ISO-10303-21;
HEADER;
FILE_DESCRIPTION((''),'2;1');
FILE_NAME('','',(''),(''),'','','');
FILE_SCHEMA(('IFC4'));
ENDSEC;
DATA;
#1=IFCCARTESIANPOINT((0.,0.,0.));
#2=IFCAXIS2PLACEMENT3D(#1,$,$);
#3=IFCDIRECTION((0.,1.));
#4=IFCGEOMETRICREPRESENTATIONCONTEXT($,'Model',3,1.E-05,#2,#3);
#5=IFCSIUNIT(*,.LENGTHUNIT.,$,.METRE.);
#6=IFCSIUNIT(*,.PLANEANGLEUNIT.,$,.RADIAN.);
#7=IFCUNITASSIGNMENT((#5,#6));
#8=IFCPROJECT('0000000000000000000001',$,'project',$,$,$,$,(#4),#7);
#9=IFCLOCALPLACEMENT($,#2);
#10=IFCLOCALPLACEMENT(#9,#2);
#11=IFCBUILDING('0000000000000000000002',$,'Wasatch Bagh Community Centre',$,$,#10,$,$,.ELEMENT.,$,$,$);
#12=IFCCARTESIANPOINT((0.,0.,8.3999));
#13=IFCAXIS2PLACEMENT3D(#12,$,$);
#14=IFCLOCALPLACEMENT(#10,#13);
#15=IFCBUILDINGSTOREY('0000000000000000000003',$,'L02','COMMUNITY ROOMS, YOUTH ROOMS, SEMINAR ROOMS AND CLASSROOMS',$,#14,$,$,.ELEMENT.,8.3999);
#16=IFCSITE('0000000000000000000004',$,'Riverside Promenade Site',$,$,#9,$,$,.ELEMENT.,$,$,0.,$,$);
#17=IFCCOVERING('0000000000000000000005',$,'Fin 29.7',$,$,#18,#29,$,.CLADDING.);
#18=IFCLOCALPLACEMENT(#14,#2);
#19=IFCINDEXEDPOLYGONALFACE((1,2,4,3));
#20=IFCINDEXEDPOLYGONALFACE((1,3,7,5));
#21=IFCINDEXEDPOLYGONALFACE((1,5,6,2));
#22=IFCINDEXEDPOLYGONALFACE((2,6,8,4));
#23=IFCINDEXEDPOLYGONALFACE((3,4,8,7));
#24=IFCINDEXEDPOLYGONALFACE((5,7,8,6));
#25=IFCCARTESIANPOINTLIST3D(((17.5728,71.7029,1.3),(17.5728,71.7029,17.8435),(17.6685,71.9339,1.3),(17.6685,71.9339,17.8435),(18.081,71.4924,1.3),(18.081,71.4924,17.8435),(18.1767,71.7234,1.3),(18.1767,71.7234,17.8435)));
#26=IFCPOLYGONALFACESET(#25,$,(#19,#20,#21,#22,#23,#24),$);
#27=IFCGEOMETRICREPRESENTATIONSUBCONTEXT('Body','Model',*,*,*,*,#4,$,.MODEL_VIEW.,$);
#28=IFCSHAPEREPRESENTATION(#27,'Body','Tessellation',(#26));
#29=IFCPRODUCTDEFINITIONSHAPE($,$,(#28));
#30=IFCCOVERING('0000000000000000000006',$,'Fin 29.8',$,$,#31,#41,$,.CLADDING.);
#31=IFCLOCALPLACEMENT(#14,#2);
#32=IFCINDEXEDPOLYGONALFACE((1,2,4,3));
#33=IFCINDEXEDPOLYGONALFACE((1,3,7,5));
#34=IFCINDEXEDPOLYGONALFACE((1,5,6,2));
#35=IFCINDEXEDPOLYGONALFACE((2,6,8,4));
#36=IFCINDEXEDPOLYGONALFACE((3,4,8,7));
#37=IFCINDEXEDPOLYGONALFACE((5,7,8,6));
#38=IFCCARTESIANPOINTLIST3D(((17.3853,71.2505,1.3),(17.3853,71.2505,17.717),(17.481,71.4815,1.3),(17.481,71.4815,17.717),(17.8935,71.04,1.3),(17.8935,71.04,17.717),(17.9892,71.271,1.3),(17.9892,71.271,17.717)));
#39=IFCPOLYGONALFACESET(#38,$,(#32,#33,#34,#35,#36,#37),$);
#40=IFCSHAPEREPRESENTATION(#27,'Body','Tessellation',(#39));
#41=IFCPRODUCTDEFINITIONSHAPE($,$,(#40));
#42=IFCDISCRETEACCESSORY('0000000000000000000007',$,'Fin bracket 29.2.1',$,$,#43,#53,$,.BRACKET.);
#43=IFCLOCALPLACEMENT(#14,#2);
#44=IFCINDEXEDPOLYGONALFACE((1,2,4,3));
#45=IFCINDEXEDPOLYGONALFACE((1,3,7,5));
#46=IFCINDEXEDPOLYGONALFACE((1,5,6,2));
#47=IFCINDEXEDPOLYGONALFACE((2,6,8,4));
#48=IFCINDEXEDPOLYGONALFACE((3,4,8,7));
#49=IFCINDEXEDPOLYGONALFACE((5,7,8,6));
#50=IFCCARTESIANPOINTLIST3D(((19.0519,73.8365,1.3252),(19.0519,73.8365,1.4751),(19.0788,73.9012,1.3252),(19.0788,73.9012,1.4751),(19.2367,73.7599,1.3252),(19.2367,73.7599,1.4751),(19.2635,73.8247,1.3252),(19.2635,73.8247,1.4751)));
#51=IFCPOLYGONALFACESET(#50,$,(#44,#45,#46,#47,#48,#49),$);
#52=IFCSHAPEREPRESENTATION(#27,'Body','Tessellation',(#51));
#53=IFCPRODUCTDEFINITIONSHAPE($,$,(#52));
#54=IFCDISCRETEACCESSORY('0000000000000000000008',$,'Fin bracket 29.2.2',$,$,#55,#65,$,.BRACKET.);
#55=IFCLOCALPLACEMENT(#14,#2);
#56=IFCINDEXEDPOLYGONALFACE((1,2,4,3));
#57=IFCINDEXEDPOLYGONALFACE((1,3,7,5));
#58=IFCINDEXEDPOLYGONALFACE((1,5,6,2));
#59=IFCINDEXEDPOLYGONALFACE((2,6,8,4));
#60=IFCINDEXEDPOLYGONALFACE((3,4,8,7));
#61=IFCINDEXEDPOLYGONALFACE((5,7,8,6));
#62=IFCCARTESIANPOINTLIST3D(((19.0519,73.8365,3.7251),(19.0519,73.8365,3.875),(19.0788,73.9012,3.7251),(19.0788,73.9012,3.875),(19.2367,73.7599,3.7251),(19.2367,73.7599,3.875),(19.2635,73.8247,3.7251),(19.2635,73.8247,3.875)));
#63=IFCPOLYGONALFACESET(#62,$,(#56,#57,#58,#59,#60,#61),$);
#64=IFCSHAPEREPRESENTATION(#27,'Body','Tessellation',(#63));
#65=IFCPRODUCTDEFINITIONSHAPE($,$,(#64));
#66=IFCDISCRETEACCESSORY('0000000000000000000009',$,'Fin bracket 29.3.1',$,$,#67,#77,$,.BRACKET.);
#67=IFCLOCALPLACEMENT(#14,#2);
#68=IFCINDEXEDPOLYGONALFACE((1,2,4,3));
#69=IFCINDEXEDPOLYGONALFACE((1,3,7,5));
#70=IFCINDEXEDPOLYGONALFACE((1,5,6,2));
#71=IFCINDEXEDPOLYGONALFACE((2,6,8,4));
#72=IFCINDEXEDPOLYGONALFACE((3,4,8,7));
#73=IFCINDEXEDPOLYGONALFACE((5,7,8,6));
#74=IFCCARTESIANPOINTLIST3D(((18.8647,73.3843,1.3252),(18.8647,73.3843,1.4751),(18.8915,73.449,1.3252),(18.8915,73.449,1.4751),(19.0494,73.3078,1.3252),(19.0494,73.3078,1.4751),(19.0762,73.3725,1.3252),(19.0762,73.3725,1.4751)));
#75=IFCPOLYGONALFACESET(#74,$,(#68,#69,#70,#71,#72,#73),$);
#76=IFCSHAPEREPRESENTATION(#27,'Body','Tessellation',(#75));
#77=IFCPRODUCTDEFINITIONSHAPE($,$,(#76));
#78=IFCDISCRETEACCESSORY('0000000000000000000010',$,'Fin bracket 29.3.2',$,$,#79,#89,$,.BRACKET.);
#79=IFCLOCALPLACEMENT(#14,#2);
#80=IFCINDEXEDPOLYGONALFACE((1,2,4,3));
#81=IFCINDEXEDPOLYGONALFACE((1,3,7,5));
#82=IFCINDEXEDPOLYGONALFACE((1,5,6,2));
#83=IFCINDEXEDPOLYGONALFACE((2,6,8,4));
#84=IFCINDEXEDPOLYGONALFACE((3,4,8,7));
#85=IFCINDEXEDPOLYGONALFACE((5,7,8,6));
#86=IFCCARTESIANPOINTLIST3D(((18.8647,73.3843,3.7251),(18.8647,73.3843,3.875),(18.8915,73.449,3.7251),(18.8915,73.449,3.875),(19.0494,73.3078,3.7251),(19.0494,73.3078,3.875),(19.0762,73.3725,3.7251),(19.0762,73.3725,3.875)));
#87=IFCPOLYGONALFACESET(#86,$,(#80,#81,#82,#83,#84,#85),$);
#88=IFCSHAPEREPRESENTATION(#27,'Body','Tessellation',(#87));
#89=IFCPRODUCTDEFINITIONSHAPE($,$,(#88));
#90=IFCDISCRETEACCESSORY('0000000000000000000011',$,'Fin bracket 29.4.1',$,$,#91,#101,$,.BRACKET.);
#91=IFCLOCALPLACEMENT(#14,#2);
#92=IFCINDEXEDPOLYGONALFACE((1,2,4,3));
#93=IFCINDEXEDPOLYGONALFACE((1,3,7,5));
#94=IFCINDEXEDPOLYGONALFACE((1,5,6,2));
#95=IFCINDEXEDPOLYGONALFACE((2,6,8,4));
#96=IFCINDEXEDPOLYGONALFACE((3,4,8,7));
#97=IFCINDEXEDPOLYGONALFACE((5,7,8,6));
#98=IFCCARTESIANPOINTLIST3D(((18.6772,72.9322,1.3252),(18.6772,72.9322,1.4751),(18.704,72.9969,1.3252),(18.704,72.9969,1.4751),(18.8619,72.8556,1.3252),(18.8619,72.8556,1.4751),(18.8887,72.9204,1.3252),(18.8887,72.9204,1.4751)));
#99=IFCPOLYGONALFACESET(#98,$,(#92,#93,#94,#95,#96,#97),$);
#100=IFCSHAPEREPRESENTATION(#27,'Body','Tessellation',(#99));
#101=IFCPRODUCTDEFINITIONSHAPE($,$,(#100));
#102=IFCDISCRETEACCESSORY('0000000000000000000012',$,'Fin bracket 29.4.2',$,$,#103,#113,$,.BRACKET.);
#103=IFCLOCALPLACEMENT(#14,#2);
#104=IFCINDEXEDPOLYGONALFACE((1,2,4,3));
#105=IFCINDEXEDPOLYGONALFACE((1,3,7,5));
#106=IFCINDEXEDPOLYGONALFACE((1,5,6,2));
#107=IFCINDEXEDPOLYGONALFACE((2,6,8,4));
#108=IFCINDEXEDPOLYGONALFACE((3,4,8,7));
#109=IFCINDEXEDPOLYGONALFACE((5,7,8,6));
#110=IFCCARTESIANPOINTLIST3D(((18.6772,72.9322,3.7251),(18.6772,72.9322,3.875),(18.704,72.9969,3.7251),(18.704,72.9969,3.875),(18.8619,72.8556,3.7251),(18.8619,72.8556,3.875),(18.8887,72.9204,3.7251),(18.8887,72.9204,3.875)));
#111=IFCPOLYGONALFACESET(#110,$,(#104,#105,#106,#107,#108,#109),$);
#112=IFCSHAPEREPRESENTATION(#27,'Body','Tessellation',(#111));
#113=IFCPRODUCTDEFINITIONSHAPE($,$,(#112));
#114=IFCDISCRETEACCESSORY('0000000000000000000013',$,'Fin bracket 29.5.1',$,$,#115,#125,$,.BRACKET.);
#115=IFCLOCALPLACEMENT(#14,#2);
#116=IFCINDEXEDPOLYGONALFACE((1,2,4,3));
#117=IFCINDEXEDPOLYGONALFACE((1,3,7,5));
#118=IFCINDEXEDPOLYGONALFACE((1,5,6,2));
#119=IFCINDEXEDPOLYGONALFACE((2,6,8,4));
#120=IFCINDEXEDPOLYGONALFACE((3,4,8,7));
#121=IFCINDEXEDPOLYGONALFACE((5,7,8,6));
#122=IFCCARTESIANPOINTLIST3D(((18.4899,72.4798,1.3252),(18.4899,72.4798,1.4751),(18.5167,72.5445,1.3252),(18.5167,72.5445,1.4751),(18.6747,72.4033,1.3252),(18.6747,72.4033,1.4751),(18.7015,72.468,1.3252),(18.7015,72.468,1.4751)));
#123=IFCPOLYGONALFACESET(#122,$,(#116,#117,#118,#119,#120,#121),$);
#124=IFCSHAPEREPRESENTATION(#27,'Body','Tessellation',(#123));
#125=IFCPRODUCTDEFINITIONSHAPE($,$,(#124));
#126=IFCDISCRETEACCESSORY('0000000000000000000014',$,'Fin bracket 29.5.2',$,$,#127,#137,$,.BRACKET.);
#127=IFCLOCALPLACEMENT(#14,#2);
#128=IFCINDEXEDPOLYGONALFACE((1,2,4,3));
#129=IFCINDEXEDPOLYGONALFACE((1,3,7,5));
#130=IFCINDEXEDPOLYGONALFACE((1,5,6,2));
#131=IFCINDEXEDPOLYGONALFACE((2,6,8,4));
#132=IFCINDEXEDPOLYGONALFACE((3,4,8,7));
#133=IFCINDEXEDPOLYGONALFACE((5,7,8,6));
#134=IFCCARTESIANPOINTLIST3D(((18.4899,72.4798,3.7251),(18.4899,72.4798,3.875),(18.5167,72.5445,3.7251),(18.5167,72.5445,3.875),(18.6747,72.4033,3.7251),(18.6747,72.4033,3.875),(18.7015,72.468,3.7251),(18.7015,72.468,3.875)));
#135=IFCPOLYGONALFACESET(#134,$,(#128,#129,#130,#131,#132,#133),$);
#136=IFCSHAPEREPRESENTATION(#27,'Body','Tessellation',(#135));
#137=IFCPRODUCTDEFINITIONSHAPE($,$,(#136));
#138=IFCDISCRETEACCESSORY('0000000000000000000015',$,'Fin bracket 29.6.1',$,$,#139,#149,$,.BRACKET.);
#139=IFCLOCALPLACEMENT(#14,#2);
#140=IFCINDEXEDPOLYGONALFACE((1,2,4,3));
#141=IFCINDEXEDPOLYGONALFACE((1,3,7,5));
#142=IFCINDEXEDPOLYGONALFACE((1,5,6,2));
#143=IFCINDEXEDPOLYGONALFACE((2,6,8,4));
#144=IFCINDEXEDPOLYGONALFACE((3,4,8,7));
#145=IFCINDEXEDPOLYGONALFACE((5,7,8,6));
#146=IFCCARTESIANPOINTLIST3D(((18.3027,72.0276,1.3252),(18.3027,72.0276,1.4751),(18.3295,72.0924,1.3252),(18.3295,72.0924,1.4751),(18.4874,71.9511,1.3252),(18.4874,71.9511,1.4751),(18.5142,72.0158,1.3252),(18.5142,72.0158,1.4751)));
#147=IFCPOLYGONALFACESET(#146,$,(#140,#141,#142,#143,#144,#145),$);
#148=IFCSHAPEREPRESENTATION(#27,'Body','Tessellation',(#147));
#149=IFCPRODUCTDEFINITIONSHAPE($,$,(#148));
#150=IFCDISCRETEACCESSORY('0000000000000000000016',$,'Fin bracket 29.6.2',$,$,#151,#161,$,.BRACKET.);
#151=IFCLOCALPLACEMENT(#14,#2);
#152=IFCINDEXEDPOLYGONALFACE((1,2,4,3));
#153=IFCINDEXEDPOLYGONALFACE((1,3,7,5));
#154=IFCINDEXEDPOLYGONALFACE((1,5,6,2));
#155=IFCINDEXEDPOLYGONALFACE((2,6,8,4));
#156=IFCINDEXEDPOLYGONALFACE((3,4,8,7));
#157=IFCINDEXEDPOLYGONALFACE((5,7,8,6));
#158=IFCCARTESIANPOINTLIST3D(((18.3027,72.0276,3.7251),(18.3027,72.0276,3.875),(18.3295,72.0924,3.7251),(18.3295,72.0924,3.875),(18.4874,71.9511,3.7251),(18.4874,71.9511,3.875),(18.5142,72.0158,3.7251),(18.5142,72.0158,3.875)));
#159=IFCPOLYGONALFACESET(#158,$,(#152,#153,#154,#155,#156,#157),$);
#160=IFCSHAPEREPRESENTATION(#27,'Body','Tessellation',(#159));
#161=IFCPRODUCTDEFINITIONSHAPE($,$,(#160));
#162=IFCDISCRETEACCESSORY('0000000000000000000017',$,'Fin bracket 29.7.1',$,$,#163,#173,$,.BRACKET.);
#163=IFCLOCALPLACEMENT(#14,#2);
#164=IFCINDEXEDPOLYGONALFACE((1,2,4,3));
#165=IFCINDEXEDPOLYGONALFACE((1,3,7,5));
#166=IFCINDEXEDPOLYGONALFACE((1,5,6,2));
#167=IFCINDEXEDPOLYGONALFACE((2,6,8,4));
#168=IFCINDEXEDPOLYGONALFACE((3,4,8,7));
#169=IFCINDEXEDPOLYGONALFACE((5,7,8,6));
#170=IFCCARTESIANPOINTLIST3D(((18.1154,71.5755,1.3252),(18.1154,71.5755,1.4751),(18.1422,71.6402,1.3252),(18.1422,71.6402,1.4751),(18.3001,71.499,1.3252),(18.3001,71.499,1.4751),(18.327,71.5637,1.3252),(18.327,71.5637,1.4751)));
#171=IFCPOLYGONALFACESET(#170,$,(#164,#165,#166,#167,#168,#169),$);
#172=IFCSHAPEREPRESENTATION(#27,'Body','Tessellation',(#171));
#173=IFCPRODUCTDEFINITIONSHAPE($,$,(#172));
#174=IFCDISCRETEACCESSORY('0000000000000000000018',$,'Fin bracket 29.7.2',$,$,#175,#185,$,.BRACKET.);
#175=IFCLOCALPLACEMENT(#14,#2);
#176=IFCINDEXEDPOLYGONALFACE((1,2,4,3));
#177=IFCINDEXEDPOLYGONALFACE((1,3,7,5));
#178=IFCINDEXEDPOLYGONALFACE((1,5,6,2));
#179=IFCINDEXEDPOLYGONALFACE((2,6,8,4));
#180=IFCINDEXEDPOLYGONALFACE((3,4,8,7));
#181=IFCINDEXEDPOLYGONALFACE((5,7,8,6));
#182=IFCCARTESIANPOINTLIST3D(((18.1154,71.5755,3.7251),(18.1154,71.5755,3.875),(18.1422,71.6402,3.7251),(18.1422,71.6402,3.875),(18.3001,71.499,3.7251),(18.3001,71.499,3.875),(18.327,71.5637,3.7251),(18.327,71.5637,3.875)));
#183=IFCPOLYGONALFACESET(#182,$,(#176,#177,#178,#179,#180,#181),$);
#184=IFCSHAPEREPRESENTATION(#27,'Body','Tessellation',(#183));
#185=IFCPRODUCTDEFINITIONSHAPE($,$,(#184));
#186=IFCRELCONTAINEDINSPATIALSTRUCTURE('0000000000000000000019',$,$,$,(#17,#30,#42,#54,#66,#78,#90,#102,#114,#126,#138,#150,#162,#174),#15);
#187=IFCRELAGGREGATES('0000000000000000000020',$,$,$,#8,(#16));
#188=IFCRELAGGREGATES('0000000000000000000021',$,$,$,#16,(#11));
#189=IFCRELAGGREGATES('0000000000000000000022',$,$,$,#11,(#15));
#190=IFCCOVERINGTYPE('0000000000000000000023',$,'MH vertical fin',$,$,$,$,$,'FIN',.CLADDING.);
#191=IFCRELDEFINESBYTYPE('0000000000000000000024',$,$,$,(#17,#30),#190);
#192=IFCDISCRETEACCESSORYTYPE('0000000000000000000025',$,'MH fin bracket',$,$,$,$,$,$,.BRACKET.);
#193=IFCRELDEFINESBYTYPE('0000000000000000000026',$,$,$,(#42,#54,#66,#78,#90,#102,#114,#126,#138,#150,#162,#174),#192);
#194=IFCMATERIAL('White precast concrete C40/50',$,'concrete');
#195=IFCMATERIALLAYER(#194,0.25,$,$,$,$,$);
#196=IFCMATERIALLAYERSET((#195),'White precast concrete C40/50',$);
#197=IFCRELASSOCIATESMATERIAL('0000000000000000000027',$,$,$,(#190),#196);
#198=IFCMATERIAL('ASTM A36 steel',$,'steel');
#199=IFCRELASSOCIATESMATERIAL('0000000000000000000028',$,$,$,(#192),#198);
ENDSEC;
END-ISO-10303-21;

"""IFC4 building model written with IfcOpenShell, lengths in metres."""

from ifc_helpers import new_model, si_unit, direction, frame, origin, origin_2d, place, context, subcontext, project, spatial, rectangle, extrude, material, layer, layer_set, type_object, element, save


model = new_model("IFC4")

# Units and contexts
model_context = context("Model", 3, precision=1e-05, world=origin(), true_north=direction((0.0, 1.0)))
body_context = subcontext(model_context, "Body", "Model", "MODEL_VIEW")
ifc_project = project(units=[si_unit("LENGTHUNIT", "METRE"), si_unit("PLANEANGLEUNIT", "RADIAN")], contexts=[model_context])

# Site, building, storey
site_placement = place(None, origin())
site = spatial("IfcSite", under=ifc_project, at=site_placement, Name="Riverside Promenade Site", CompositionType="ELEMENT", RefElevation=0.0)
building_placement = place(site_placement, origin())
building = spatial("IfcBuilding", under=site, at=building_placement, Name="Wasatch Bagh Community Centre", CompositionType="ELEMENT")
storey_placement = place(building_placement, frame((0.0, 0.0, 8.3999)))
storey = spatial("IfcBuildingStorey", under=building, at=storey_placement, Name="L02", Description="COMMUNITY ROOMS, YOUTH ROOMS, SEMINAR ROOMS AND CLASSROOMS", CompositionType="ELEMENT", Elevation=8.3999)

# Coverings
ifc_material_1 = material(Name="White precast concrete C40/50", Category="concrete")
ifc_layer_1 = layer(ifc_material_1, 0.25)
ifc_layer_set_1 = layer_set([ifc_layer_1], Name="White precast concrete C40/50")
covering_type_1 = type_object("IfcCoveringType", Name="MH vertical fin", ElementType="FIN", PredefinedType="CLADDING", material=ifc_layer_set_1)
covering_1_placement = place(storey_placement, frame((17.8748, 71.7131, 1.3), z_axis=(0.0, 0.0, 1.0), x_axis=(-0.382683, -0.92388, 0.0)))
element("IfcCovering", 1, at=covering_1_placement, inside=storey, type_object=covering_type_1, Name="Fin 29.7", PredefinedType="CLADDING", context=body_context, shape_type="SweptSolid", body=[
    extrude(rectangle(XDim=0.25, YDim=0.55, at=origin_2d()), origin(), (0.0, 0.0, 1.0), 16.5435),
])
covering_2_placement = place(storey_placement, frame((17.6873, 71.2607, 1.3), z_axis=(0.0, 0.0, 1.0), x_axis=(-0.382683, -0.92388, 0.0)))
element("IfcCovering", 2, at=covering_2_placement, inside=storey, type_object=covering_type_1, Name="Fin 29.8", PredefinedType="CLADDING", context=body_context, shape_type="SweptSolid", body=[
    extrude(rectangle(XDim=0.25, YDim=0.55, at=origin_2d()), origin(), (0.0, 0.0, 1.0), 16.417),
])

# Discrete accessories
ifc_material_2 = material(Name="ASTM A36 steel", Category="steel")
discrete_accessory_type = type_object("IfcDiscreteAccessoryType", Name="MH fin bracket", PredefinedType="BRACKET", material=ifc_material_2)
for number, where, z_axis, x_axis, name in (
    (3, (19.1577, 73.8306, 1.3252), (0.0, 0.0, 1.0), (-0.382683, -0.92388, 0.0), "Fin bracket 29.2.1"),
    (4, (19.1577, 73.8306, 3.7251), (0.0, 0.0, 1.0), (-0.382683, -0.92388, 0.0), "Fin bracket 29.2.2"),
    (5, (18.9705, 73.3784, 1.3252), (0.0, 0.0, 1.0), (-0.382683, -0.92388, 0.0), "Fin bracket 29.3.1"),
    (6, (18.9705, 73.3784, 3.7251), (0.0, 0.0, 1.0), (-0.382683, -0.92388, 0.0), "Fin bracket 29.3.2"),
    (7, (18.783, 72.9263, 1.3252), (0.0, 0.0, 1.0), (-0.382683, -0.92388, 0.0), "Fin bracket 29.4.1"),
    (8, (18.783, 72.9263, 3.7251), (0.0, 0.0, 1.0), (-0.382683, -0.92388, 0.0), "Fin bracket 29.4.2"),
    (9, (18.5957, 72.4739, 1.3252), (0.0, 0.0, 1.0), (-0.382683, -0.92388, 0.0), "Fin bracket 29.5.1"),
    (10, (18.5957, 72.4739, 3.7251), (0.0, 0.0, 1.0), (-0.382683, -0.92388, 0.0), "Fin bracket 29.5.2"),
    (11, (18.4084, 72.0217, 1.3252), (0.0, 0.0, 1.0), (-0.382683, -0.92388, 0.0), "Fin bracket 29.6.1"),
    (12, (18.4084, 72.0217, 3.7251), (0.0, 0.0, 1.0), (-0.382683, -0.92388, 0.0), "Fin bracket 29.6.2"),
    (13, (18.2212, 71.5696, 1.3252), (0.0, 0.0, 1.0), (-0.382683, -0.92388, 0.0), "Fin bracket 29.7.1"),
    (14, (18.2212, 71.5696, 3.7251), (0.0, 0.0, 1.0), (-0.382683, -0.92388, 0.0), "Fin bracket 29.7.2"),
):
    element("IfcDiscreteAccessory", number, at=place(storey_placement, frame(where, z_axis=z_axis, x_axis=x_axis)), inside=storey, type_object=discrete_accessory_type, Name=name, PredefinedType="BRACKET", context=body_context, shape_type="SweptSolid", body=[
        extrude(rectangle(XDim=0.0701, YDim=0.2, at=origin_2d()), origin(), (0.0, 0.0, 1.0), 0.1499),
    ])

save(model, "model.ifc")
